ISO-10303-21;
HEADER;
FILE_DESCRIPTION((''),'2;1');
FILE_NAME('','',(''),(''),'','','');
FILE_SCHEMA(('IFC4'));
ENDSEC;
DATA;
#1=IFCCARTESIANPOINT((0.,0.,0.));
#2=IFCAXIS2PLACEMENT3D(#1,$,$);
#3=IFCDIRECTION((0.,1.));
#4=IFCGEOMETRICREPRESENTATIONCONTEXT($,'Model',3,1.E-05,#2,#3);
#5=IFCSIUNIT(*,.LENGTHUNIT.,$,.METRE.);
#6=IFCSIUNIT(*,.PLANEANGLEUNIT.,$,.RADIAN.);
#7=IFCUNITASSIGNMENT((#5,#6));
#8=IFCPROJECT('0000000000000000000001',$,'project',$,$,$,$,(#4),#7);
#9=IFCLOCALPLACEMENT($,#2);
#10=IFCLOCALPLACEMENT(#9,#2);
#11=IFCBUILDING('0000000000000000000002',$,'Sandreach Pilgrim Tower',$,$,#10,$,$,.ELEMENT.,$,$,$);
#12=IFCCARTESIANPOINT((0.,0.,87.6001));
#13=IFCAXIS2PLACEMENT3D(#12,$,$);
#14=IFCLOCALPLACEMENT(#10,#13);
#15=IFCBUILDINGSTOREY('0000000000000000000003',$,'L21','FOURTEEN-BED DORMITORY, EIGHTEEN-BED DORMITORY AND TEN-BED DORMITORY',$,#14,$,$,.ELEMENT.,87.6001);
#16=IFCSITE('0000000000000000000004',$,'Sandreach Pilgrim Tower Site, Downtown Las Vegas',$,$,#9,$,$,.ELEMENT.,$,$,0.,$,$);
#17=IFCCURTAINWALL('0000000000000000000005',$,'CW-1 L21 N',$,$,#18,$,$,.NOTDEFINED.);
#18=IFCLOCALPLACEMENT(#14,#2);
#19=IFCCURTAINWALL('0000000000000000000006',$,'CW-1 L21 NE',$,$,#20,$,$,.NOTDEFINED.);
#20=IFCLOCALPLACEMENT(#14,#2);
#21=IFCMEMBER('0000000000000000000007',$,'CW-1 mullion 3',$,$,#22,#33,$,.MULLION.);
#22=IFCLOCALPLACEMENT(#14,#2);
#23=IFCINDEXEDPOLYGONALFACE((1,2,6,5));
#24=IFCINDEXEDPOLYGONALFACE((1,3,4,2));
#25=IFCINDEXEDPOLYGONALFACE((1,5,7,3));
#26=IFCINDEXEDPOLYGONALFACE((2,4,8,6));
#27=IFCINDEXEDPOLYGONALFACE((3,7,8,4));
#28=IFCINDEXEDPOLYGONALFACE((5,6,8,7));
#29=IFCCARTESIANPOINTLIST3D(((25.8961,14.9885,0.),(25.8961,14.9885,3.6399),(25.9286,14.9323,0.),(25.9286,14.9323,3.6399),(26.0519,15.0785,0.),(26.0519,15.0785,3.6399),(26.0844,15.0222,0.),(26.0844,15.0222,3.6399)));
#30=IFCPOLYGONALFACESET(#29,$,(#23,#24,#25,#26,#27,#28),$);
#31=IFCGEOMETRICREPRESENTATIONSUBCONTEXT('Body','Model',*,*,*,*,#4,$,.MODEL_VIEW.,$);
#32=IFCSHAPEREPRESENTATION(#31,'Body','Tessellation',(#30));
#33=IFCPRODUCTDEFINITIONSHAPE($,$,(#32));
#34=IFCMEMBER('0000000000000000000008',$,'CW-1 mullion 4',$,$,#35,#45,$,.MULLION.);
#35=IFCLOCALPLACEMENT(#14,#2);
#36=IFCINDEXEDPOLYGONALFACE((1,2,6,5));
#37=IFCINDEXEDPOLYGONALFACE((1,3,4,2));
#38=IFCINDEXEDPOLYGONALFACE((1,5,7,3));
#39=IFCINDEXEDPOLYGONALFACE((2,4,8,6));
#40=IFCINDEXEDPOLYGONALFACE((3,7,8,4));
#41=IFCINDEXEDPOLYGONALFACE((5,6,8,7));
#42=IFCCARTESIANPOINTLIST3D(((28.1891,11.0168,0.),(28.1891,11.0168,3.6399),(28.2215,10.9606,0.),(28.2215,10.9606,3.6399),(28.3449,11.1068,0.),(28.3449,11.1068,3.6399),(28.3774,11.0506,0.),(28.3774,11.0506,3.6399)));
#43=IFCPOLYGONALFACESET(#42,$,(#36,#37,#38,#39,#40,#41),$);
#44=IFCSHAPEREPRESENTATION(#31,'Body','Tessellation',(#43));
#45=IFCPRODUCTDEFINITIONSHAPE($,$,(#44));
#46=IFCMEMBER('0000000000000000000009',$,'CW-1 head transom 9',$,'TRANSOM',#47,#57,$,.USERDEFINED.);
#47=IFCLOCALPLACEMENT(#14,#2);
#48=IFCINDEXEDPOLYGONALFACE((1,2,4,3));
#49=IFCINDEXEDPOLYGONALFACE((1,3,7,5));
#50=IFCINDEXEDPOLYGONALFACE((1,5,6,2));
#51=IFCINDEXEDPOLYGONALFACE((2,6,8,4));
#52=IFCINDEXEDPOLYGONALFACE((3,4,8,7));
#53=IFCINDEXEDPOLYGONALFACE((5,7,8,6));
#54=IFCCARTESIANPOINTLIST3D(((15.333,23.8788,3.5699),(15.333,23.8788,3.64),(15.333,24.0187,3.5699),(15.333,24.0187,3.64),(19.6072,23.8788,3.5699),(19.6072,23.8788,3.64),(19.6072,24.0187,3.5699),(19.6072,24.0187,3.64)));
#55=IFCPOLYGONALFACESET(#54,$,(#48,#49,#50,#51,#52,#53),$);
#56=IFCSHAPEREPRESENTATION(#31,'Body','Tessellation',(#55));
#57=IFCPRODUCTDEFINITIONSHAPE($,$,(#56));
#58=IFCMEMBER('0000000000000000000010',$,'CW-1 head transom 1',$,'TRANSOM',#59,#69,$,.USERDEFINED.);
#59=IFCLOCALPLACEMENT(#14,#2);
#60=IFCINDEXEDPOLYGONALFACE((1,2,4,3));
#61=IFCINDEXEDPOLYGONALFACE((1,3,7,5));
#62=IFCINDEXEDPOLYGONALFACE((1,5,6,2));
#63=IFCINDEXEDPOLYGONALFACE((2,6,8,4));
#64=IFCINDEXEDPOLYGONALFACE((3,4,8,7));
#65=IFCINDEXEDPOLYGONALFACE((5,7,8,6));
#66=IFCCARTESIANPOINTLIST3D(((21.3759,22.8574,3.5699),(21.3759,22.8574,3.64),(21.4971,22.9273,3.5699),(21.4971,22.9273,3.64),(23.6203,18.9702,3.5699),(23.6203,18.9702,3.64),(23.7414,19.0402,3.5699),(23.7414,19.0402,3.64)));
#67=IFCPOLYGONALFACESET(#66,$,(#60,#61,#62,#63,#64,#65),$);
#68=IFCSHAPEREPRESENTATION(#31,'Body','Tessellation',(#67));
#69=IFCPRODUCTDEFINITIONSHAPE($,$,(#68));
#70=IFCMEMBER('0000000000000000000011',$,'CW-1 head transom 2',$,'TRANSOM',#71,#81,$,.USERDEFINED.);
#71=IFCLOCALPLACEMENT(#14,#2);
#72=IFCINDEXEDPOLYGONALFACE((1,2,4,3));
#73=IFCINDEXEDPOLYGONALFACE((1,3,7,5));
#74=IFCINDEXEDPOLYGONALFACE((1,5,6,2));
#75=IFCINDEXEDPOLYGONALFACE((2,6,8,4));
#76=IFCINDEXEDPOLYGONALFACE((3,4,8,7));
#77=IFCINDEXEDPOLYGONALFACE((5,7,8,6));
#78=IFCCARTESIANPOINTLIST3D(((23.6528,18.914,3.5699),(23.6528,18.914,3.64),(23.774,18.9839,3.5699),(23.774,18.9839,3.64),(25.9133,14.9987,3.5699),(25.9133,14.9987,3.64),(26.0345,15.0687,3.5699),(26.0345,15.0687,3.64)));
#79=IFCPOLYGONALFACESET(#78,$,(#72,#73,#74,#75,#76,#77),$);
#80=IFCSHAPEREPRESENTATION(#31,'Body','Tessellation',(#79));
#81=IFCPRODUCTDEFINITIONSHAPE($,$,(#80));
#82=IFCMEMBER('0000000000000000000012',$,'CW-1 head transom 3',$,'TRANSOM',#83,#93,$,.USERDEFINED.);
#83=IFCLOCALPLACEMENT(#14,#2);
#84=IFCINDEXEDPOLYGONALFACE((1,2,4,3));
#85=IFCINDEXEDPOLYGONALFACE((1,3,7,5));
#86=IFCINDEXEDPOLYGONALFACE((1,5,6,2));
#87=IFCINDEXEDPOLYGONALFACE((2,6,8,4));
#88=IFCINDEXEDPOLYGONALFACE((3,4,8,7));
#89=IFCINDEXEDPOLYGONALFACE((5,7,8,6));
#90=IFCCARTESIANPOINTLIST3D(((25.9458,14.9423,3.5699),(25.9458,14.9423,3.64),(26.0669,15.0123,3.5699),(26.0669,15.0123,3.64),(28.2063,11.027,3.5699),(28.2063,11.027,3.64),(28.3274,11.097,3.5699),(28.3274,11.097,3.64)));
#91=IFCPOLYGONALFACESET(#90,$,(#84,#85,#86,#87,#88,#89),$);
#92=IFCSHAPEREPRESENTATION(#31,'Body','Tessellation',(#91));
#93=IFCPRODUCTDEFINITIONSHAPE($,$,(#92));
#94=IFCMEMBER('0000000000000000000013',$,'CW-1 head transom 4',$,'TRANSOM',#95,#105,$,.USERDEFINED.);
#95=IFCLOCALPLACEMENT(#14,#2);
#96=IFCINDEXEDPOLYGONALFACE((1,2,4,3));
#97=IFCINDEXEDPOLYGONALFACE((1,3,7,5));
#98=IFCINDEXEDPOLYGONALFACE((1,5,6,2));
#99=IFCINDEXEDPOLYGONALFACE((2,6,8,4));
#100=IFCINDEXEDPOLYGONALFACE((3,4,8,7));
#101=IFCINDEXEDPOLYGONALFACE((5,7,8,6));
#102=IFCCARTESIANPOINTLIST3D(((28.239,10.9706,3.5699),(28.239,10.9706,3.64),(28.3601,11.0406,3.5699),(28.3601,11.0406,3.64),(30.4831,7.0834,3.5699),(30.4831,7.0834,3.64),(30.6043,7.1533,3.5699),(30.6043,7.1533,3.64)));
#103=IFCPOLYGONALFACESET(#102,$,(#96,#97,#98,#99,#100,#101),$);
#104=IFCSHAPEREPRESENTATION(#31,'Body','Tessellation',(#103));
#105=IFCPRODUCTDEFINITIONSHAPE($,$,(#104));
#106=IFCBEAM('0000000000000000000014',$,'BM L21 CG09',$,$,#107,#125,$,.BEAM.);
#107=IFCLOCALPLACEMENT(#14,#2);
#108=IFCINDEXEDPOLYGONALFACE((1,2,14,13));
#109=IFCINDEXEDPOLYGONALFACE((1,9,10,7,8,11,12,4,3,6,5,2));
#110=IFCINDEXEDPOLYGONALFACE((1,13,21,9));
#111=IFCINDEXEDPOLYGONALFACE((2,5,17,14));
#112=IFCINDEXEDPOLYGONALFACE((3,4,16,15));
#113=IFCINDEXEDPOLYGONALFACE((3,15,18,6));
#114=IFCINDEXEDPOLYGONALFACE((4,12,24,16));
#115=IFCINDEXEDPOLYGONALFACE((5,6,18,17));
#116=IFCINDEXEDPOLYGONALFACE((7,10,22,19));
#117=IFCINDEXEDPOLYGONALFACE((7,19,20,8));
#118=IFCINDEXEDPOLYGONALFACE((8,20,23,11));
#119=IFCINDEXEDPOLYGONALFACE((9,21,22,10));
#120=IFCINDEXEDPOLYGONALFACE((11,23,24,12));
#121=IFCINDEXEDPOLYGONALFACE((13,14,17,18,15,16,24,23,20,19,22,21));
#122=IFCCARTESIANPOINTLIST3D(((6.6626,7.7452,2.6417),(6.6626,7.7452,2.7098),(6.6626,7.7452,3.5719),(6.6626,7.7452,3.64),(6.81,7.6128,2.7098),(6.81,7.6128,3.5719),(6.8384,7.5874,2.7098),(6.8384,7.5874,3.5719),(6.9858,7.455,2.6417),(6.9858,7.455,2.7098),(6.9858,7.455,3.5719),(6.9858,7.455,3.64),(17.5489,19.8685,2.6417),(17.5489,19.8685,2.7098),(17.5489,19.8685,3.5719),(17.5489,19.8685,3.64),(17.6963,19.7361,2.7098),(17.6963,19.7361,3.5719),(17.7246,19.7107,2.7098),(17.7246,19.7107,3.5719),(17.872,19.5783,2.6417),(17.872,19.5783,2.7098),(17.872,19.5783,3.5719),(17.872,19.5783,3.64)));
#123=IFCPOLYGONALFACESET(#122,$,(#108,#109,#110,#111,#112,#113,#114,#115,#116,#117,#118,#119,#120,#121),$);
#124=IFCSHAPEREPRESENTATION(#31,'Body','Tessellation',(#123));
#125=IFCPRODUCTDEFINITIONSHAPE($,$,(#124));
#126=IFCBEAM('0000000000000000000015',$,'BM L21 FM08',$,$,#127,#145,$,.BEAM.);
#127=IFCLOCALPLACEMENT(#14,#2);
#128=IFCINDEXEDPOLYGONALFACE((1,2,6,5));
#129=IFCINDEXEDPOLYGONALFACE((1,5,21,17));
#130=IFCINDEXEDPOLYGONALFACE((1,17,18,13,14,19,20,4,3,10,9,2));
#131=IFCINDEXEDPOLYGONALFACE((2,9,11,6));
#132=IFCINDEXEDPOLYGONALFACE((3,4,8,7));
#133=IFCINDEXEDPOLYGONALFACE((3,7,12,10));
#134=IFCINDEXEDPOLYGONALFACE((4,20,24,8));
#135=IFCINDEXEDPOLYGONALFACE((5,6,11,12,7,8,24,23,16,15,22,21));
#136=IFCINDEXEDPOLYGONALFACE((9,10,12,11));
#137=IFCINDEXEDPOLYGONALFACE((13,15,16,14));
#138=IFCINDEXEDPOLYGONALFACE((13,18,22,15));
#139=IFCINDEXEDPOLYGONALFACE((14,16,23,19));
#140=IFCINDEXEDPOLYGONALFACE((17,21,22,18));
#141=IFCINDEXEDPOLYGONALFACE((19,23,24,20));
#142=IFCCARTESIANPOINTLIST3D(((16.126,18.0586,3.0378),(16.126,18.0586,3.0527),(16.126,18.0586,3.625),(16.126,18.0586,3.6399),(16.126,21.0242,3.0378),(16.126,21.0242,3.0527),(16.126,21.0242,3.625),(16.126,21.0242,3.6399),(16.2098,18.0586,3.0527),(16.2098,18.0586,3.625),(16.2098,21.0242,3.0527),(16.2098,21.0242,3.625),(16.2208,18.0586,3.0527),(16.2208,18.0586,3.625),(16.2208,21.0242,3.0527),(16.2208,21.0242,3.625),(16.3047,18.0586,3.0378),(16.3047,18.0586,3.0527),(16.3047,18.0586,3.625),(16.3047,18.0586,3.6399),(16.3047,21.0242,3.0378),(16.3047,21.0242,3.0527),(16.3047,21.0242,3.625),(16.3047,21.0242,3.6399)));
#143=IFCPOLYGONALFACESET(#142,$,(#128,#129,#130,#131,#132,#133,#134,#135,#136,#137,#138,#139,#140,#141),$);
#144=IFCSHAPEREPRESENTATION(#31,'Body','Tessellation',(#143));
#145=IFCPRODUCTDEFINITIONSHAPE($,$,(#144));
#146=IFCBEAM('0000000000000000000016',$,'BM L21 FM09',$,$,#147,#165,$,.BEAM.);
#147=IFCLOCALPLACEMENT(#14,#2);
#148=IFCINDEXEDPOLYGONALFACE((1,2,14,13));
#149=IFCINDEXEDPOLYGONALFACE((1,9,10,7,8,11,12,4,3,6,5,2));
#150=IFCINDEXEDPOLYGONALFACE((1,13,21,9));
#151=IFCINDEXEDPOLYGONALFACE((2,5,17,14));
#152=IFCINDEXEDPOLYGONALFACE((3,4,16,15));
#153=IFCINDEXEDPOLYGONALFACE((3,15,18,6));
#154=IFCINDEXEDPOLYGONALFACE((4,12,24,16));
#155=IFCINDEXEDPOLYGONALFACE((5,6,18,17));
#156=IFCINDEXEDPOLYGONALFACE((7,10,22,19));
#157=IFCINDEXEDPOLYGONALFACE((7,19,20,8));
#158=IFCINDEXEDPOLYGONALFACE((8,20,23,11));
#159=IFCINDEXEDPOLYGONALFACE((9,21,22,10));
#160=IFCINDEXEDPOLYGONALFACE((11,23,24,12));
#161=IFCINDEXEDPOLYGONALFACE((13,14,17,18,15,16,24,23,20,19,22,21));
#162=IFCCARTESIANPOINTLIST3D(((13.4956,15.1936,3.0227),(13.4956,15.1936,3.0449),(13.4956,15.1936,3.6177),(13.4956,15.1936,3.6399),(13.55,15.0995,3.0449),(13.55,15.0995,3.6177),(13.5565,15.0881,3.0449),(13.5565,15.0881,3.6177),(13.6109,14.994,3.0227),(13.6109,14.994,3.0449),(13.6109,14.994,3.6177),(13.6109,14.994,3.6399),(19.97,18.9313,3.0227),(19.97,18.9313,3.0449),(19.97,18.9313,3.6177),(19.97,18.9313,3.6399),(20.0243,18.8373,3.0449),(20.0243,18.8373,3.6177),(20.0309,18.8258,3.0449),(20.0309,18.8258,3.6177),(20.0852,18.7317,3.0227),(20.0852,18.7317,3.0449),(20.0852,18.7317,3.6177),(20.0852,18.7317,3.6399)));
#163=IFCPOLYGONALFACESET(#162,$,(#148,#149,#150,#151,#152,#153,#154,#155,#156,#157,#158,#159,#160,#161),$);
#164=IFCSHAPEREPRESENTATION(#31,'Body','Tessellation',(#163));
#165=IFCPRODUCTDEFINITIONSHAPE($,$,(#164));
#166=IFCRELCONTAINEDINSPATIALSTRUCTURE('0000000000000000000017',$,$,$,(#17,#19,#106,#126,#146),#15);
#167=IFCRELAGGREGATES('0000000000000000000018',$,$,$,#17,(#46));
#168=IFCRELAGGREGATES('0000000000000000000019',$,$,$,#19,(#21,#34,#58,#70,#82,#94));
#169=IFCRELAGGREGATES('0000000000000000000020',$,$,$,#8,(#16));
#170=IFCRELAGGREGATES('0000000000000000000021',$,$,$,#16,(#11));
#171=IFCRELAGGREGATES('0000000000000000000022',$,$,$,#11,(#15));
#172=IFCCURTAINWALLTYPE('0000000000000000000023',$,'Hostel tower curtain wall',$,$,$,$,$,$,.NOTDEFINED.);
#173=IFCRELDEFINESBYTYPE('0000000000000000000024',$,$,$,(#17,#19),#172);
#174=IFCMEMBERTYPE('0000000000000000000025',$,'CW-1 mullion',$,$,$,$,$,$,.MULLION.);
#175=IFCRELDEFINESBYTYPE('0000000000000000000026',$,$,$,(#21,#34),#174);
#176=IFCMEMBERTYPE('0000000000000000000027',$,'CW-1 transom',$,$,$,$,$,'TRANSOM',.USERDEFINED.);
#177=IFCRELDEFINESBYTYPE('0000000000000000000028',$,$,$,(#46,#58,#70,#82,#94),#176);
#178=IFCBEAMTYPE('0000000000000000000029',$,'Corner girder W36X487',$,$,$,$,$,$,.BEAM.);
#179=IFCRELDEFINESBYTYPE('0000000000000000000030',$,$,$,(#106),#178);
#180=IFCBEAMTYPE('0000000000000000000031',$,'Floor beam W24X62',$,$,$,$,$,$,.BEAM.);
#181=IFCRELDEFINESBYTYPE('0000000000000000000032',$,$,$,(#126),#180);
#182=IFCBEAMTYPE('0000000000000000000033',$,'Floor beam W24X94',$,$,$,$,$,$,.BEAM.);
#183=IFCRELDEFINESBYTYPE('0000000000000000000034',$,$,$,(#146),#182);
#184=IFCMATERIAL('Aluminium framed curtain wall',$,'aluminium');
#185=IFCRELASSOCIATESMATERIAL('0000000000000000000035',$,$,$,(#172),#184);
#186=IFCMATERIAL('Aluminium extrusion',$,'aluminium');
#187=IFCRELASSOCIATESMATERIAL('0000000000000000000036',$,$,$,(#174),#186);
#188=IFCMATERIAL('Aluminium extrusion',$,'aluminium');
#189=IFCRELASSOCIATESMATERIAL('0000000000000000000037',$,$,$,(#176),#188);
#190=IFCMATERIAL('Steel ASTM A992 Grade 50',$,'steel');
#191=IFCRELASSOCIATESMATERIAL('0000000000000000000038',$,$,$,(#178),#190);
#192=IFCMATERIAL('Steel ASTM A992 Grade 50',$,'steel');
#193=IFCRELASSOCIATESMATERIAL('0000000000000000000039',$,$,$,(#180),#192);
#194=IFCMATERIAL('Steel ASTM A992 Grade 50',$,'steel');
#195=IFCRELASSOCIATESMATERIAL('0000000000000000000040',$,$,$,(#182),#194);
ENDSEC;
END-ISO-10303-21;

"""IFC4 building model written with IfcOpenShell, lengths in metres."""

from ifc_helpers import new_model, si_unit, direction, frame, origin, origin_2d, place, context, subcontext, project, spatial, rectangle, i_section, extrude, material, material_profile, profile_set, type_object, element, aggregate, save


model = new_model("IFC4")

# Units and contexts
model_context = context("Model", 3, precision=1e-05, world=origin(), true_north=direction((0.0, 1.0)))
body_context = subcontext(model_context, "Body", "Model", "MODEL_VIEW")
ifc_project = project(units=[si_unit("LENGTHUNIT", "METRE"), si_unit("PLANEANGLEUNIT", "RADIAN")], contexts=[model_context])

# Site, building, storey
site_placement = place(None, origin())
site = spatial("IfcSite", under=ifc_project, at=site_placement, Name="Sandreach Pilgrim Tower Site, Downtown Las Vegas", CompositionType="ELEMENT", RefElevation=0.0)
building_placement = place(site_placement, origin())
building = spatial("IfcBuilding", under=site, at=building_placement, Name="Sandreach Pilgrim Tower", CompositionType="ELEMENT")
storey_placement = place(building_placement, frame((0.0, 0.0, 87.6001)))
storey = spatial("IfcBuildingStorey", under=building, at=storey_placement, Name="L21", Description="FOURTEEN-BED DORMITORY, EIGHTEEN-BED DORMITORY AND TEN-BED DORMITORY", CompositionType="ELEMENT", Elevation=87.6001)

# Curtain wall
ifc_material_1 = material(Name="Aluminium framed curtain wall", Category="aluminium")
curtain_wall_type = type_object("IfcCurtainWallType", Name="Hostel tower curtain wall", PredefinedType="NOTDEFINED", material=ifc_material_1)
curtain_wall_1_placement = place(storey_placement, origin())
curtain_wall_1 = element("IfcCurtainWall", 1, at=curtain_wall_1_placement, inside=storey, type_object=curtain_wall_type, Name="CW-1 L21 N", PredefinedType="NOTDEFINED")
ifc_material_2 = material(Name="Aluminium extrusion", Category="aluminium")
ifc_material_profile_1 = material_profile(ifc_material_2, rectangle(XDim=0.0649, YDim=0.1799, at=origin_2d()), Name="CW-1M 65X180")
ifc_profile_set_1 = profile_set([ifc_material_profile_1], Name="Aluminium extrusion")
member_type_1 = type_object("IfcMemberType", Name="CW-1 mullion", PredefinedType="MULLION", material=ifc_profile_set_1)

# Curtain wall, members
curtain_wall_2_placement = place(storey_placement, origin())
curtain_wall_2 = element("IfcCurtainWall", 2, at=curtain_wall_2_placement, inside=storey, type_object=curtain_wall_type, Name="CW-1 L21 NE", PredefinedType="NOTDEFINED")
member_1_placement = place(storey_placement, frame((25.9902, 15.0054, 0.0), z_axis=(0.0, 0.0, 1.0), x_axis=(0.5, -0.866025, 0.0)))
member_1 = element("IfcMember", 3, at=member_1_placement, type_object=member_type_1, Name="CW-1 mullion 3", PredefinedType="MULLION", context=body_context, shape_type="SweptSolid", body=[
    extrude(rectangle(XDim=0.0649, YDim=0.1799, at=origin_2d()), origin(), (0.0, 0.0, 1.0), 3.6399),
])
member_2_placement = place(storey_placement, frame((28.2832, 11.0337, 0.0), z_axis=(0.0, 0.0, 1.0), x_axis=(0.5, -0.866025, 0.0)))
member_2 = element("IfcMember", 4, at=member_2_placement, type_object=member_type_1, Name="CW-1 mullion 4", PredefinedType="MULLION", context=body_context, shape_type="SweptSolid", body=[
    extrude(rectangle(XDim=0.0649, YDim=0.1799, at=origin_2d()), origin(), (0.0, 0.0, 1.0), 3.6399),
])

# Members
ifc_material_3 = material(Name="Aluminium extrusion", Category="aluminium")
ifc_material_profile_2 = material_profile(ifc_material_3, rectangle(XDim=0.1399, YDim=0.0701, at=origin_2d()), Name="CW-1T 140X70")
ifc_profile_set_2 = profile_set([ifc_material_profile_2], Name="Aluminium extrusion")
member_type_2 = type_object("IfcMemberType", Name="CW-1 transom", ElementType="TRANSOM", PredefinedType="USERDEFINED", material=ifc_profile_set_2)
member_3_placement = place(storey_placement, frame((15.333, 23.9487, 3.605), z_axis=(1.0, 0.0, 0.0), x_axis=(0.0, 1.0, 0.0)))
member_3 = element("IfcMember", 5, at=member_3_placement, type_object=member_type_2, Name="CW-1 head transom 9", ObjectType="TRANSOM", PredefinedType="USERDEFINED", context=body_context, shape_type="SweptSolid", body=[
    extrude(rectangle(XDim=0.1399, YDim=0.0701, at=origin_2d()), origin(), (0.0, 0.0, 1.0), 4.2742),
])
member_4_placement = place(storey_placement, frame((21.4365, 22.8923, 3.605), z_axis=(0.500018, -0.866015, 0.0), x_axis=(0.866015, 0.500018, 0.0)))
member_4 = element("IfcMember", 6, at=member_4_placement, type_object=member_type_2, Name="CW-1 head transom 1", ObjectType="TRANSOM", PredefinedType="USERDEFINED", context=body_context, shape_type="SweptSolid", body=[
    extrude(rectangle(XDim=0.1399, YDim=0.0701, at=origin_2d()), origin(), (0.0, 0.0, 1.0), 4.4885),
])
member_5_placement = place(storey_placement, frame((23.7134, 18.949, 3.605), z_axis=(0.500001, -0.866025, 0.0), x_axis=(0.866025, 0.500001, 0.0)))
member_5 = element("IfcMember", 7, at=member_5_placement, type_object=member_type_2, Name="CW-1 head transom 2", ObjectType="TRANSOM", PredefinedType="USERDEFINED", context=body_context, shape_type="SweptSolid", body=[
    extrude(rectangle(XDim=0.1399, YDim=0.0701, at=origin_2d()), origin(), (0.0, 0.0, 1.0), 4.521),
])
member_6_placement = place(storey_placement, frame((26.0063, 14.9773, 3.605), z_axis=(0.500001, -0.866025, 0.0), x_axis=(0.866025, 0.500001, 0.0)))
member_6 = element("IfcMember", 8, at=member_6_placement, type_object=member_type_2, Name="CW-1 head transom 3", ObjectType="TRANSOM", PredefinedType="USERDEFINED", context=body_context, shape_type="SweptSolid", body=[
    extrude(rectangle(XDim=0.1399, YDim=0.0701, at=origin_2d()), origin(), (0.0, 0.0, 1.0), 4.521),
])
member_7_placement = place(storey_placement, frame((28.2996, 11.0056, 3.605), z_axis=(0.499977, -0.866039, 0.0), x_axis=(0.866039, 0.499977, 0.0)))
member_7 = element("IfcMember", 9, at=member_7_placement, type_object=member_type_2, Name="CW-1 head transom 4", ObjectType="TRANSOM", PredefinedType="USERDEFINED", context=body_context, shape_type="SweptSolid", body=[
    extrude(rectangle(XDim=0.1399, YDim=0.0701, at=origin_2d()), origin(), (0.0, 0.0, 1.0), 4.4885),
])

# Beams
ifc_material_4 = material(Name="Steel ASTM A992 Grade 50", Category="steel")
ifc_material_profile_3 = material_profile(ifc_material_4, i_section(OverallWidth=0.4343, OverallDepth=0.9983, WebThickness=0.0381, FlangeThickness=0.0681, at=origin_2d()), Name="W36X487")
ifc_profile_set_3 = profile_set([ifc_material_profile_3], Name="Steel ASTM A992 Grade 50")
beam_type_1 = type_object("IfcBeamType", Name="Corner girder W36X487", PredefinedType="BEAM", material=ifc_profile_set_3)
beam_1_placement = place(storey_placement, frame((17.7104, 19.7234, 3.1409), z_axis=(-0.668126, -0.744048, 0.0), x_axis=(0.744048, -0.668126, 0.0)))
element("IfcBeam", 10, at=beam_1_placement, inside=storey, type_object=beam_type_1, Name="BM L21 CG09", PredefinedType="BEAM", context=body_context, shape_type="SweptSolid", body=[
    extrude(i_section(OverallWidth=0.4343, OverallDepth=0.9983, WebThickness=0.0381, FlangeThickness=0.0681, at=origin_2d()), origin(), (0.0, 0.0, 1.0), 16.2937),
])
ifc_material_5 = material(Name="Steel ASTM A992 Grade 50", Category="steel")
ifc_material_profile_4 = material_profile(ifc_material_5, i_section(OverallWidth=0.1787, OverallDepth=0.6021, WebThickness=0.011, FlangeThickness=0.0149, at=origin_2d()), Name="W24X62")
ifc_profile_set_4 = profile_set([ifc_material_profile_4], Name="Steel ASTM A992 Grade 50")
beam_type_2 = type_object("IfcBeamType", Name="Floor beam W24X62", PredefinedType="BEAM", material=ifc_profile_set_4)
beam_2_placement = place(storey_placement, frame((16.2153, 21.0242, 3.3389), z_axis=(0.0, -1.0, 0.0), x_axis=(1.0, 0.0, 0.0)))
element("IfcBeam", 11, at=beam_2_placement, inside=storey, type_object=beam_type_2, Name="BM L21 FM08", PredefinedType="BEAM", context=body_context, shape_type="SweptSolid", body=[
    extrude(i_section(OverallWidth=0.1787, OverallDepth=0.6021, WebThickness=0.011, FlangeThickness=0.0149, at=origin_2d()), origin(), (0.0, 0.0, 1.0), 2.9656),
])
ifc_material_6 = material(Name="Steel ASTM A992 Grade 50", Category="steel")
ifc_material_profile_5 = material_profile(ifc_material_6, i_section(OverallWidth=0.2305, OverallDepth=0.6172, WebThickness=0.0132, FlangeThickness=0.0222, at=origin_2d()), Name="W24X94")
ifc_profile_set_5 = profile_set([ifc_material_profile_5], Name="Steel ASTM A992 Grade 50")
beam_type_3 = type_object("IfcBeamType", Name="Floor beam W24X94", PredefinedType="BEAM", material=ifc_profile_set_5)
beam_3_placement = place(storey_placement, frame((20.0276, 18.8315, 3.3313), z_axis=(-0.866036, -0.499982, 0.0), x_axis=(0.499982, -0.866036, 0.0)))
element("IfcBeam", 12, at=beam_3_placement, inside=storey, type_object=beam_type_3, Name="BM L21 FM09", PredefinedType="BEAM", context=body_context, shape_type="SweptSolid", body=[
    extrude(i_section(OverallWidth=0.2305, OverallDepth=0.6172, WebThickness=0.0132, FlangeThickness=0.0222, at=origin_2d()), origin(), (0.0, 0.0, 1.0), 7.4758),
])

aggregate(curtain_wall_1, [member_3])
aggregate(curtain_wall_2, [member_1, member_2, member_4, member_5, member_6, member_7])

save(model, "model.ifc")
